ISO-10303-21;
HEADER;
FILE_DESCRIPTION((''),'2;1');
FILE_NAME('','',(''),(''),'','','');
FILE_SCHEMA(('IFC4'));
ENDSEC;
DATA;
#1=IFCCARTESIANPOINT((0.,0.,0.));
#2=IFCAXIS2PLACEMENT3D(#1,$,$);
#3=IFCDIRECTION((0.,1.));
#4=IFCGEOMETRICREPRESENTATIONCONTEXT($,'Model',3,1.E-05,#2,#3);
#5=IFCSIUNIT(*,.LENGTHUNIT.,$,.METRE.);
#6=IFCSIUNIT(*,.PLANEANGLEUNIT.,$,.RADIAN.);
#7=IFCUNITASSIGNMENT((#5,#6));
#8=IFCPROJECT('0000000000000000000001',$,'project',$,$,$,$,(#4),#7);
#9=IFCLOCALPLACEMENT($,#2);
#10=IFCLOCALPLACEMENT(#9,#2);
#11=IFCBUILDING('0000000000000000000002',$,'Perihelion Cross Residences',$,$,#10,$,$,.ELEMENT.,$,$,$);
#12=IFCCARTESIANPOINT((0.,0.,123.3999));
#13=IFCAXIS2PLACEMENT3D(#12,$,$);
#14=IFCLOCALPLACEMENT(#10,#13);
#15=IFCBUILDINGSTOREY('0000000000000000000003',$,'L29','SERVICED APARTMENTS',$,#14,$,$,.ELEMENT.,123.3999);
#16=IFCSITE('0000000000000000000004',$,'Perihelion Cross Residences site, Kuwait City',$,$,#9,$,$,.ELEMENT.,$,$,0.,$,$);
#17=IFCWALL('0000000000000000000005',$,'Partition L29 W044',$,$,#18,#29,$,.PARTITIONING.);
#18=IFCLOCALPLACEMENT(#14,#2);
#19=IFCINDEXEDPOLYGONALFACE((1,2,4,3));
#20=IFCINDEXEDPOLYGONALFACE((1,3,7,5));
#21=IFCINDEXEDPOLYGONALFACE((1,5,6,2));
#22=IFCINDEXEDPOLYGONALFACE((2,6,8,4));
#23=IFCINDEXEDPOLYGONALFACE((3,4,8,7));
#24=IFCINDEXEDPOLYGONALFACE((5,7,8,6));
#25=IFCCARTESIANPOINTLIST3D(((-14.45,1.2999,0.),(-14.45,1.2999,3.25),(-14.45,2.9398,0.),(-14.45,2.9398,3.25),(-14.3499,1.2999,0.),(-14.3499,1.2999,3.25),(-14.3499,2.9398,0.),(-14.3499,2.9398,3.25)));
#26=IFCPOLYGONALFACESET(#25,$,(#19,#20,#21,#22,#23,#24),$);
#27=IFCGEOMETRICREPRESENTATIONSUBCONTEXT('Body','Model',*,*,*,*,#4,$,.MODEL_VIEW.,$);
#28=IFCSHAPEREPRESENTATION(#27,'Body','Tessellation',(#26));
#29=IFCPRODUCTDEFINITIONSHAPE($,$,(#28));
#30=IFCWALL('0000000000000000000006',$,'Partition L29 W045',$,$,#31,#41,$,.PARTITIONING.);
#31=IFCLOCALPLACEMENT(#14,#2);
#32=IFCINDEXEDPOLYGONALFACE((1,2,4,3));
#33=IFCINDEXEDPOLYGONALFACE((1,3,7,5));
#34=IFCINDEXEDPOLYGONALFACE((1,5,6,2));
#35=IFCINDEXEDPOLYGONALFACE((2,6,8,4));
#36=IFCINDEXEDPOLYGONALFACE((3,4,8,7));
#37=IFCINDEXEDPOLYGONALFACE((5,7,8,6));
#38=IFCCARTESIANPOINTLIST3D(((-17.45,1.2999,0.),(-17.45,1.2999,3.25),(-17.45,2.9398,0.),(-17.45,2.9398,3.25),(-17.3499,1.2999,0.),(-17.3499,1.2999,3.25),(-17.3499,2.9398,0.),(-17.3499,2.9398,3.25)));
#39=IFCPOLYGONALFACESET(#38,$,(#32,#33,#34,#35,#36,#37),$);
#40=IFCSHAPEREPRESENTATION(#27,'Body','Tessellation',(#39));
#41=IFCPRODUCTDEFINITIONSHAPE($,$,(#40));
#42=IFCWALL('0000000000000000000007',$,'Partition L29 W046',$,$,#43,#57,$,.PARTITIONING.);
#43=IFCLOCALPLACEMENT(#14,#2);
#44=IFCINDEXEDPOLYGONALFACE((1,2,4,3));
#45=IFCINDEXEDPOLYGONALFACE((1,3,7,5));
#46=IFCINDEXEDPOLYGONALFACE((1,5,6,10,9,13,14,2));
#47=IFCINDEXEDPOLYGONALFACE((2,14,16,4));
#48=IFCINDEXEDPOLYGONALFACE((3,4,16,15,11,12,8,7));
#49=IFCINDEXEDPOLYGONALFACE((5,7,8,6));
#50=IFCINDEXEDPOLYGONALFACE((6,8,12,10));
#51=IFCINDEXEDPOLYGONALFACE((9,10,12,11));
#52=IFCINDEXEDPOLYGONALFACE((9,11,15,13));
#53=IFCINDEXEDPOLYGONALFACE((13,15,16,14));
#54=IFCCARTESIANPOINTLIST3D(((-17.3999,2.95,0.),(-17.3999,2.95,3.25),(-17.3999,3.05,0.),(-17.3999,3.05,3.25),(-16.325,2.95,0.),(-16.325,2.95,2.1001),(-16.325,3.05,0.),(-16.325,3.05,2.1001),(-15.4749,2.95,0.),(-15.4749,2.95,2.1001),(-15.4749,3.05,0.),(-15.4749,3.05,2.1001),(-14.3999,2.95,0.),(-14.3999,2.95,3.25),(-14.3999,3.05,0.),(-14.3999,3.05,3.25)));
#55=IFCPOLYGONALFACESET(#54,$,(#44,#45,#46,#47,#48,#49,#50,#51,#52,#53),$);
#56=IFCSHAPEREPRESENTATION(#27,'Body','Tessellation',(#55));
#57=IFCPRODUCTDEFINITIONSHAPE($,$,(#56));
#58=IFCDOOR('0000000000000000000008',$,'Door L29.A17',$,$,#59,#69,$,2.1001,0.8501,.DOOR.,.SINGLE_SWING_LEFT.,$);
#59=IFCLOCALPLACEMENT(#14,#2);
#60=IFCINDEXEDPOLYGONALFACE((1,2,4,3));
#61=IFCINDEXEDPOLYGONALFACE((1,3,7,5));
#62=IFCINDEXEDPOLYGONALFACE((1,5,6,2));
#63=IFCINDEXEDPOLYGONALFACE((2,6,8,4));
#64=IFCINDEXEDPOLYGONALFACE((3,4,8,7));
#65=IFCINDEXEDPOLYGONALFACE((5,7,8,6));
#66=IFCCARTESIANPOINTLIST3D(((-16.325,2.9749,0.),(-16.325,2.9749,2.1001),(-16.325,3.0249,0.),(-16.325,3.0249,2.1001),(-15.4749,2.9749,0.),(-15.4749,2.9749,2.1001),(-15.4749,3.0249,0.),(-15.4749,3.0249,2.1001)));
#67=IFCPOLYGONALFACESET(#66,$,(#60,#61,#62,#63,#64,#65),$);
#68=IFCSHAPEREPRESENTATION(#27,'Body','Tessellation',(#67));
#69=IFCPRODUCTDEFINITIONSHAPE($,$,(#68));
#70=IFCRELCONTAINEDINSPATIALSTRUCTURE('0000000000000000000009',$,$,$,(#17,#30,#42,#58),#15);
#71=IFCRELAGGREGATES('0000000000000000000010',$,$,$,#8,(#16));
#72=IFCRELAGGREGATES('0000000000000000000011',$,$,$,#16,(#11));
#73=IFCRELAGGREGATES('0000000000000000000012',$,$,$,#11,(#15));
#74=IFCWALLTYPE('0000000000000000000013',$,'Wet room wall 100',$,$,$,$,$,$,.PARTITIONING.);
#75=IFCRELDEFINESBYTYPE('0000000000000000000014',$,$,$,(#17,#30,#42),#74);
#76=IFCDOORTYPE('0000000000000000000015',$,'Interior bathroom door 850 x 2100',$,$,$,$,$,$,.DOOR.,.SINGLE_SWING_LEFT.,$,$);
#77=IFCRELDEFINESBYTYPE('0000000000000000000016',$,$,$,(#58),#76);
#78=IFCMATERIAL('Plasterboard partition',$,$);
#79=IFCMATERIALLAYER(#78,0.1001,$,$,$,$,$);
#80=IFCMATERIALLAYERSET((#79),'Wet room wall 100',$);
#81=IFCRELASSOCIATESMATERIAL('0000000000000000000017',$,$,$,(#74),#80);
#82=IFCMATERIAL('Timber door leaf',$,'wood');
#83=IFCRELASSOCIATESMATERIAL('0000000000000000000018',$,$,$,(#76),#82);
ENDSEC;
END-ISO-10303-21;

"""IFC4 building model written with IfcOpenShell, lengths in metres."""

from ifc_helpers import new_model, si_unit, direction, frame, frame_2d, origin, place, context, subcontext, project, spatial, rectangle, extrude, material, layer, layer_set, type_object, element, fill, save


model = new_model("IFC4")

# Units and contexts
model_context = context("Model", 3, precision=1e-05, world=origin(), true_north=direction((0.0, 1.0)))
body_context = subcontext(model_context, "Body", "Model", "MODEL_VIEW")
ifc_project = project(units=[si_unit("LENGTHUNIT", "METRE"), si_unit("PLANEANGLEUNIT", "RADIAN")], contexts=[model_context])

# Site, building, storey
site_placement = place(None, origin())
site = spatial("IfcSite", under=ifc_project, at=site_placement, Name="Perihelion Cross Residences site, Kuwait City", CompositionType="ELEMENT", RefElevation=0.0)
building_placement = place(site_placement, origin())
building = spatial("IfcBuilding", under=site, at=building_placement, Name="Perihelion Cross Residences", CompositionType="ELEMENT")
storey_placement = place(building_placement, frame((0.0, 0.0, 123.3999)))
storey = spatial("IfcBuildingStorey", under=building, at=storey_placement, Name="L29", Description="SERVICED APARTMENTS", CompositionType="ELEMENT", Elevation=123.3999)

# Walls
ifc_material_1 = material(Name="Plasterboard partition")
ifc_layer_1 = layer(ifc_material_1, 0.1001)
ifc_layer_set_1 = layer_set([ifc_layer_1], Name="Wet room wall 100")
wall_type_1 = type_object("IfcWallType", Name="Wet room wall 100", PredefinedType="PARTITIONING", material=ifc_layer_set_1)
for number, where, z_axis, x_axis, name in (
    (1, (-14.3999, 1.3, 0.0), (0.0, 0.0, 1.0), (0.0, 1.0, 0.0), "Partition L29 W044"),
    (2, (-17.3999, 1.3, 0.0), (0.0, 0.0, 1.0), (0.0, 1.0, 0.0), "Partition L29 W045"),
):
    element("IfcWall", number, at=place(storey_placement, frame(where, z_axis=z_axis, x_axis=x_axis)), inside=storey, type_object=wall_type_1, Name=name, PredefinedType="PARTITIONING", context=body_context, shape_type="SweptSolid", body=[
        extrude(rectangle(XDim=1.6399, YDim=0.1001, at=frame_2d((0.8198, 0.0))), origin(), (0.0, 0.0, 1.0), 3.25),
    ])

# Wall, opening, door
wall_1_placement = place(storey_placement, frame((-17.3999, 3.0, 0.0), z_axis=(0.0, 0.0, 1.0), x_axis=(1.0, 0.0, 0.0)))
wall_1 = element("IfcWall", 3, at=wall_1_placement, inside=storey, type_object=wall_type_1, Name="Partition L29 W046", PredefinedType="PARTITIONING", context=body_context, shape_type="SweptSolid", body=[
    extrude(rectangle(XDim=3.0, YDim=0.1001, at=frame_2d((1.5, 0.0))), origin(), (0.0, 0.0, 1.0), 3.25),
])
opening_1_placement = place(wall_1_placement, frame((1.075, 0.0, 0.0)))
opening_1 = element("IfcOpeningElement", 4, at=opening_1_placement, cuts=wall_1, PredefinedType="OPENING", context=body_context, shape_type="SweptSolid", body=[
    extrude(rectangle(XDim=0.8501, YDim=2.1001, at=frame_2d((0.425, 1.05))), frame((0.0, 0.0601, 0.0), z_axis=(0.0, -1.0, 0.0), x_axis=(1.0, 0.0, 0.0)), (0.0, 0.0, 1.0), 0.1201),
])
ifc_material_2 = material(Name="Timber door leaf", Category="wood")
door_type_1 = type_object("IfcDoorType", Name="Interior bathroom door 850 x 2100", OperationType="SINGLE_SWING_LEFT", PredefinedType="DOOR", material=ifc_material_2)
door_1_placement = place(opening_1_placement, origin())
door_1 = element("IfcDoor", 5, at=door_1_placement, inside=storey, type_object=door_type_1, Name="Door L29.A17", OperationType="SINGLE_SWING_LEFT", OverallHeight=2.1001, OverallWidth=0.8501, PredefinedType="DOOR", context=body_context, shape_type="SweptSolid", body=[
    extrude(rectangle(XDim=0.8501, YDim=2.1001, at=frame_2d((0.425, 1.05))), frame((0.0, 0.0249, 0.0), z_axis=(0.0, -1.0, 0.0), x_axis=(1.0, 0.0, 0.0)), (0.0, 0.0, 1.0), 0.05),
])
fill(opening_1, door_1)

save(model, "model.ifc")
